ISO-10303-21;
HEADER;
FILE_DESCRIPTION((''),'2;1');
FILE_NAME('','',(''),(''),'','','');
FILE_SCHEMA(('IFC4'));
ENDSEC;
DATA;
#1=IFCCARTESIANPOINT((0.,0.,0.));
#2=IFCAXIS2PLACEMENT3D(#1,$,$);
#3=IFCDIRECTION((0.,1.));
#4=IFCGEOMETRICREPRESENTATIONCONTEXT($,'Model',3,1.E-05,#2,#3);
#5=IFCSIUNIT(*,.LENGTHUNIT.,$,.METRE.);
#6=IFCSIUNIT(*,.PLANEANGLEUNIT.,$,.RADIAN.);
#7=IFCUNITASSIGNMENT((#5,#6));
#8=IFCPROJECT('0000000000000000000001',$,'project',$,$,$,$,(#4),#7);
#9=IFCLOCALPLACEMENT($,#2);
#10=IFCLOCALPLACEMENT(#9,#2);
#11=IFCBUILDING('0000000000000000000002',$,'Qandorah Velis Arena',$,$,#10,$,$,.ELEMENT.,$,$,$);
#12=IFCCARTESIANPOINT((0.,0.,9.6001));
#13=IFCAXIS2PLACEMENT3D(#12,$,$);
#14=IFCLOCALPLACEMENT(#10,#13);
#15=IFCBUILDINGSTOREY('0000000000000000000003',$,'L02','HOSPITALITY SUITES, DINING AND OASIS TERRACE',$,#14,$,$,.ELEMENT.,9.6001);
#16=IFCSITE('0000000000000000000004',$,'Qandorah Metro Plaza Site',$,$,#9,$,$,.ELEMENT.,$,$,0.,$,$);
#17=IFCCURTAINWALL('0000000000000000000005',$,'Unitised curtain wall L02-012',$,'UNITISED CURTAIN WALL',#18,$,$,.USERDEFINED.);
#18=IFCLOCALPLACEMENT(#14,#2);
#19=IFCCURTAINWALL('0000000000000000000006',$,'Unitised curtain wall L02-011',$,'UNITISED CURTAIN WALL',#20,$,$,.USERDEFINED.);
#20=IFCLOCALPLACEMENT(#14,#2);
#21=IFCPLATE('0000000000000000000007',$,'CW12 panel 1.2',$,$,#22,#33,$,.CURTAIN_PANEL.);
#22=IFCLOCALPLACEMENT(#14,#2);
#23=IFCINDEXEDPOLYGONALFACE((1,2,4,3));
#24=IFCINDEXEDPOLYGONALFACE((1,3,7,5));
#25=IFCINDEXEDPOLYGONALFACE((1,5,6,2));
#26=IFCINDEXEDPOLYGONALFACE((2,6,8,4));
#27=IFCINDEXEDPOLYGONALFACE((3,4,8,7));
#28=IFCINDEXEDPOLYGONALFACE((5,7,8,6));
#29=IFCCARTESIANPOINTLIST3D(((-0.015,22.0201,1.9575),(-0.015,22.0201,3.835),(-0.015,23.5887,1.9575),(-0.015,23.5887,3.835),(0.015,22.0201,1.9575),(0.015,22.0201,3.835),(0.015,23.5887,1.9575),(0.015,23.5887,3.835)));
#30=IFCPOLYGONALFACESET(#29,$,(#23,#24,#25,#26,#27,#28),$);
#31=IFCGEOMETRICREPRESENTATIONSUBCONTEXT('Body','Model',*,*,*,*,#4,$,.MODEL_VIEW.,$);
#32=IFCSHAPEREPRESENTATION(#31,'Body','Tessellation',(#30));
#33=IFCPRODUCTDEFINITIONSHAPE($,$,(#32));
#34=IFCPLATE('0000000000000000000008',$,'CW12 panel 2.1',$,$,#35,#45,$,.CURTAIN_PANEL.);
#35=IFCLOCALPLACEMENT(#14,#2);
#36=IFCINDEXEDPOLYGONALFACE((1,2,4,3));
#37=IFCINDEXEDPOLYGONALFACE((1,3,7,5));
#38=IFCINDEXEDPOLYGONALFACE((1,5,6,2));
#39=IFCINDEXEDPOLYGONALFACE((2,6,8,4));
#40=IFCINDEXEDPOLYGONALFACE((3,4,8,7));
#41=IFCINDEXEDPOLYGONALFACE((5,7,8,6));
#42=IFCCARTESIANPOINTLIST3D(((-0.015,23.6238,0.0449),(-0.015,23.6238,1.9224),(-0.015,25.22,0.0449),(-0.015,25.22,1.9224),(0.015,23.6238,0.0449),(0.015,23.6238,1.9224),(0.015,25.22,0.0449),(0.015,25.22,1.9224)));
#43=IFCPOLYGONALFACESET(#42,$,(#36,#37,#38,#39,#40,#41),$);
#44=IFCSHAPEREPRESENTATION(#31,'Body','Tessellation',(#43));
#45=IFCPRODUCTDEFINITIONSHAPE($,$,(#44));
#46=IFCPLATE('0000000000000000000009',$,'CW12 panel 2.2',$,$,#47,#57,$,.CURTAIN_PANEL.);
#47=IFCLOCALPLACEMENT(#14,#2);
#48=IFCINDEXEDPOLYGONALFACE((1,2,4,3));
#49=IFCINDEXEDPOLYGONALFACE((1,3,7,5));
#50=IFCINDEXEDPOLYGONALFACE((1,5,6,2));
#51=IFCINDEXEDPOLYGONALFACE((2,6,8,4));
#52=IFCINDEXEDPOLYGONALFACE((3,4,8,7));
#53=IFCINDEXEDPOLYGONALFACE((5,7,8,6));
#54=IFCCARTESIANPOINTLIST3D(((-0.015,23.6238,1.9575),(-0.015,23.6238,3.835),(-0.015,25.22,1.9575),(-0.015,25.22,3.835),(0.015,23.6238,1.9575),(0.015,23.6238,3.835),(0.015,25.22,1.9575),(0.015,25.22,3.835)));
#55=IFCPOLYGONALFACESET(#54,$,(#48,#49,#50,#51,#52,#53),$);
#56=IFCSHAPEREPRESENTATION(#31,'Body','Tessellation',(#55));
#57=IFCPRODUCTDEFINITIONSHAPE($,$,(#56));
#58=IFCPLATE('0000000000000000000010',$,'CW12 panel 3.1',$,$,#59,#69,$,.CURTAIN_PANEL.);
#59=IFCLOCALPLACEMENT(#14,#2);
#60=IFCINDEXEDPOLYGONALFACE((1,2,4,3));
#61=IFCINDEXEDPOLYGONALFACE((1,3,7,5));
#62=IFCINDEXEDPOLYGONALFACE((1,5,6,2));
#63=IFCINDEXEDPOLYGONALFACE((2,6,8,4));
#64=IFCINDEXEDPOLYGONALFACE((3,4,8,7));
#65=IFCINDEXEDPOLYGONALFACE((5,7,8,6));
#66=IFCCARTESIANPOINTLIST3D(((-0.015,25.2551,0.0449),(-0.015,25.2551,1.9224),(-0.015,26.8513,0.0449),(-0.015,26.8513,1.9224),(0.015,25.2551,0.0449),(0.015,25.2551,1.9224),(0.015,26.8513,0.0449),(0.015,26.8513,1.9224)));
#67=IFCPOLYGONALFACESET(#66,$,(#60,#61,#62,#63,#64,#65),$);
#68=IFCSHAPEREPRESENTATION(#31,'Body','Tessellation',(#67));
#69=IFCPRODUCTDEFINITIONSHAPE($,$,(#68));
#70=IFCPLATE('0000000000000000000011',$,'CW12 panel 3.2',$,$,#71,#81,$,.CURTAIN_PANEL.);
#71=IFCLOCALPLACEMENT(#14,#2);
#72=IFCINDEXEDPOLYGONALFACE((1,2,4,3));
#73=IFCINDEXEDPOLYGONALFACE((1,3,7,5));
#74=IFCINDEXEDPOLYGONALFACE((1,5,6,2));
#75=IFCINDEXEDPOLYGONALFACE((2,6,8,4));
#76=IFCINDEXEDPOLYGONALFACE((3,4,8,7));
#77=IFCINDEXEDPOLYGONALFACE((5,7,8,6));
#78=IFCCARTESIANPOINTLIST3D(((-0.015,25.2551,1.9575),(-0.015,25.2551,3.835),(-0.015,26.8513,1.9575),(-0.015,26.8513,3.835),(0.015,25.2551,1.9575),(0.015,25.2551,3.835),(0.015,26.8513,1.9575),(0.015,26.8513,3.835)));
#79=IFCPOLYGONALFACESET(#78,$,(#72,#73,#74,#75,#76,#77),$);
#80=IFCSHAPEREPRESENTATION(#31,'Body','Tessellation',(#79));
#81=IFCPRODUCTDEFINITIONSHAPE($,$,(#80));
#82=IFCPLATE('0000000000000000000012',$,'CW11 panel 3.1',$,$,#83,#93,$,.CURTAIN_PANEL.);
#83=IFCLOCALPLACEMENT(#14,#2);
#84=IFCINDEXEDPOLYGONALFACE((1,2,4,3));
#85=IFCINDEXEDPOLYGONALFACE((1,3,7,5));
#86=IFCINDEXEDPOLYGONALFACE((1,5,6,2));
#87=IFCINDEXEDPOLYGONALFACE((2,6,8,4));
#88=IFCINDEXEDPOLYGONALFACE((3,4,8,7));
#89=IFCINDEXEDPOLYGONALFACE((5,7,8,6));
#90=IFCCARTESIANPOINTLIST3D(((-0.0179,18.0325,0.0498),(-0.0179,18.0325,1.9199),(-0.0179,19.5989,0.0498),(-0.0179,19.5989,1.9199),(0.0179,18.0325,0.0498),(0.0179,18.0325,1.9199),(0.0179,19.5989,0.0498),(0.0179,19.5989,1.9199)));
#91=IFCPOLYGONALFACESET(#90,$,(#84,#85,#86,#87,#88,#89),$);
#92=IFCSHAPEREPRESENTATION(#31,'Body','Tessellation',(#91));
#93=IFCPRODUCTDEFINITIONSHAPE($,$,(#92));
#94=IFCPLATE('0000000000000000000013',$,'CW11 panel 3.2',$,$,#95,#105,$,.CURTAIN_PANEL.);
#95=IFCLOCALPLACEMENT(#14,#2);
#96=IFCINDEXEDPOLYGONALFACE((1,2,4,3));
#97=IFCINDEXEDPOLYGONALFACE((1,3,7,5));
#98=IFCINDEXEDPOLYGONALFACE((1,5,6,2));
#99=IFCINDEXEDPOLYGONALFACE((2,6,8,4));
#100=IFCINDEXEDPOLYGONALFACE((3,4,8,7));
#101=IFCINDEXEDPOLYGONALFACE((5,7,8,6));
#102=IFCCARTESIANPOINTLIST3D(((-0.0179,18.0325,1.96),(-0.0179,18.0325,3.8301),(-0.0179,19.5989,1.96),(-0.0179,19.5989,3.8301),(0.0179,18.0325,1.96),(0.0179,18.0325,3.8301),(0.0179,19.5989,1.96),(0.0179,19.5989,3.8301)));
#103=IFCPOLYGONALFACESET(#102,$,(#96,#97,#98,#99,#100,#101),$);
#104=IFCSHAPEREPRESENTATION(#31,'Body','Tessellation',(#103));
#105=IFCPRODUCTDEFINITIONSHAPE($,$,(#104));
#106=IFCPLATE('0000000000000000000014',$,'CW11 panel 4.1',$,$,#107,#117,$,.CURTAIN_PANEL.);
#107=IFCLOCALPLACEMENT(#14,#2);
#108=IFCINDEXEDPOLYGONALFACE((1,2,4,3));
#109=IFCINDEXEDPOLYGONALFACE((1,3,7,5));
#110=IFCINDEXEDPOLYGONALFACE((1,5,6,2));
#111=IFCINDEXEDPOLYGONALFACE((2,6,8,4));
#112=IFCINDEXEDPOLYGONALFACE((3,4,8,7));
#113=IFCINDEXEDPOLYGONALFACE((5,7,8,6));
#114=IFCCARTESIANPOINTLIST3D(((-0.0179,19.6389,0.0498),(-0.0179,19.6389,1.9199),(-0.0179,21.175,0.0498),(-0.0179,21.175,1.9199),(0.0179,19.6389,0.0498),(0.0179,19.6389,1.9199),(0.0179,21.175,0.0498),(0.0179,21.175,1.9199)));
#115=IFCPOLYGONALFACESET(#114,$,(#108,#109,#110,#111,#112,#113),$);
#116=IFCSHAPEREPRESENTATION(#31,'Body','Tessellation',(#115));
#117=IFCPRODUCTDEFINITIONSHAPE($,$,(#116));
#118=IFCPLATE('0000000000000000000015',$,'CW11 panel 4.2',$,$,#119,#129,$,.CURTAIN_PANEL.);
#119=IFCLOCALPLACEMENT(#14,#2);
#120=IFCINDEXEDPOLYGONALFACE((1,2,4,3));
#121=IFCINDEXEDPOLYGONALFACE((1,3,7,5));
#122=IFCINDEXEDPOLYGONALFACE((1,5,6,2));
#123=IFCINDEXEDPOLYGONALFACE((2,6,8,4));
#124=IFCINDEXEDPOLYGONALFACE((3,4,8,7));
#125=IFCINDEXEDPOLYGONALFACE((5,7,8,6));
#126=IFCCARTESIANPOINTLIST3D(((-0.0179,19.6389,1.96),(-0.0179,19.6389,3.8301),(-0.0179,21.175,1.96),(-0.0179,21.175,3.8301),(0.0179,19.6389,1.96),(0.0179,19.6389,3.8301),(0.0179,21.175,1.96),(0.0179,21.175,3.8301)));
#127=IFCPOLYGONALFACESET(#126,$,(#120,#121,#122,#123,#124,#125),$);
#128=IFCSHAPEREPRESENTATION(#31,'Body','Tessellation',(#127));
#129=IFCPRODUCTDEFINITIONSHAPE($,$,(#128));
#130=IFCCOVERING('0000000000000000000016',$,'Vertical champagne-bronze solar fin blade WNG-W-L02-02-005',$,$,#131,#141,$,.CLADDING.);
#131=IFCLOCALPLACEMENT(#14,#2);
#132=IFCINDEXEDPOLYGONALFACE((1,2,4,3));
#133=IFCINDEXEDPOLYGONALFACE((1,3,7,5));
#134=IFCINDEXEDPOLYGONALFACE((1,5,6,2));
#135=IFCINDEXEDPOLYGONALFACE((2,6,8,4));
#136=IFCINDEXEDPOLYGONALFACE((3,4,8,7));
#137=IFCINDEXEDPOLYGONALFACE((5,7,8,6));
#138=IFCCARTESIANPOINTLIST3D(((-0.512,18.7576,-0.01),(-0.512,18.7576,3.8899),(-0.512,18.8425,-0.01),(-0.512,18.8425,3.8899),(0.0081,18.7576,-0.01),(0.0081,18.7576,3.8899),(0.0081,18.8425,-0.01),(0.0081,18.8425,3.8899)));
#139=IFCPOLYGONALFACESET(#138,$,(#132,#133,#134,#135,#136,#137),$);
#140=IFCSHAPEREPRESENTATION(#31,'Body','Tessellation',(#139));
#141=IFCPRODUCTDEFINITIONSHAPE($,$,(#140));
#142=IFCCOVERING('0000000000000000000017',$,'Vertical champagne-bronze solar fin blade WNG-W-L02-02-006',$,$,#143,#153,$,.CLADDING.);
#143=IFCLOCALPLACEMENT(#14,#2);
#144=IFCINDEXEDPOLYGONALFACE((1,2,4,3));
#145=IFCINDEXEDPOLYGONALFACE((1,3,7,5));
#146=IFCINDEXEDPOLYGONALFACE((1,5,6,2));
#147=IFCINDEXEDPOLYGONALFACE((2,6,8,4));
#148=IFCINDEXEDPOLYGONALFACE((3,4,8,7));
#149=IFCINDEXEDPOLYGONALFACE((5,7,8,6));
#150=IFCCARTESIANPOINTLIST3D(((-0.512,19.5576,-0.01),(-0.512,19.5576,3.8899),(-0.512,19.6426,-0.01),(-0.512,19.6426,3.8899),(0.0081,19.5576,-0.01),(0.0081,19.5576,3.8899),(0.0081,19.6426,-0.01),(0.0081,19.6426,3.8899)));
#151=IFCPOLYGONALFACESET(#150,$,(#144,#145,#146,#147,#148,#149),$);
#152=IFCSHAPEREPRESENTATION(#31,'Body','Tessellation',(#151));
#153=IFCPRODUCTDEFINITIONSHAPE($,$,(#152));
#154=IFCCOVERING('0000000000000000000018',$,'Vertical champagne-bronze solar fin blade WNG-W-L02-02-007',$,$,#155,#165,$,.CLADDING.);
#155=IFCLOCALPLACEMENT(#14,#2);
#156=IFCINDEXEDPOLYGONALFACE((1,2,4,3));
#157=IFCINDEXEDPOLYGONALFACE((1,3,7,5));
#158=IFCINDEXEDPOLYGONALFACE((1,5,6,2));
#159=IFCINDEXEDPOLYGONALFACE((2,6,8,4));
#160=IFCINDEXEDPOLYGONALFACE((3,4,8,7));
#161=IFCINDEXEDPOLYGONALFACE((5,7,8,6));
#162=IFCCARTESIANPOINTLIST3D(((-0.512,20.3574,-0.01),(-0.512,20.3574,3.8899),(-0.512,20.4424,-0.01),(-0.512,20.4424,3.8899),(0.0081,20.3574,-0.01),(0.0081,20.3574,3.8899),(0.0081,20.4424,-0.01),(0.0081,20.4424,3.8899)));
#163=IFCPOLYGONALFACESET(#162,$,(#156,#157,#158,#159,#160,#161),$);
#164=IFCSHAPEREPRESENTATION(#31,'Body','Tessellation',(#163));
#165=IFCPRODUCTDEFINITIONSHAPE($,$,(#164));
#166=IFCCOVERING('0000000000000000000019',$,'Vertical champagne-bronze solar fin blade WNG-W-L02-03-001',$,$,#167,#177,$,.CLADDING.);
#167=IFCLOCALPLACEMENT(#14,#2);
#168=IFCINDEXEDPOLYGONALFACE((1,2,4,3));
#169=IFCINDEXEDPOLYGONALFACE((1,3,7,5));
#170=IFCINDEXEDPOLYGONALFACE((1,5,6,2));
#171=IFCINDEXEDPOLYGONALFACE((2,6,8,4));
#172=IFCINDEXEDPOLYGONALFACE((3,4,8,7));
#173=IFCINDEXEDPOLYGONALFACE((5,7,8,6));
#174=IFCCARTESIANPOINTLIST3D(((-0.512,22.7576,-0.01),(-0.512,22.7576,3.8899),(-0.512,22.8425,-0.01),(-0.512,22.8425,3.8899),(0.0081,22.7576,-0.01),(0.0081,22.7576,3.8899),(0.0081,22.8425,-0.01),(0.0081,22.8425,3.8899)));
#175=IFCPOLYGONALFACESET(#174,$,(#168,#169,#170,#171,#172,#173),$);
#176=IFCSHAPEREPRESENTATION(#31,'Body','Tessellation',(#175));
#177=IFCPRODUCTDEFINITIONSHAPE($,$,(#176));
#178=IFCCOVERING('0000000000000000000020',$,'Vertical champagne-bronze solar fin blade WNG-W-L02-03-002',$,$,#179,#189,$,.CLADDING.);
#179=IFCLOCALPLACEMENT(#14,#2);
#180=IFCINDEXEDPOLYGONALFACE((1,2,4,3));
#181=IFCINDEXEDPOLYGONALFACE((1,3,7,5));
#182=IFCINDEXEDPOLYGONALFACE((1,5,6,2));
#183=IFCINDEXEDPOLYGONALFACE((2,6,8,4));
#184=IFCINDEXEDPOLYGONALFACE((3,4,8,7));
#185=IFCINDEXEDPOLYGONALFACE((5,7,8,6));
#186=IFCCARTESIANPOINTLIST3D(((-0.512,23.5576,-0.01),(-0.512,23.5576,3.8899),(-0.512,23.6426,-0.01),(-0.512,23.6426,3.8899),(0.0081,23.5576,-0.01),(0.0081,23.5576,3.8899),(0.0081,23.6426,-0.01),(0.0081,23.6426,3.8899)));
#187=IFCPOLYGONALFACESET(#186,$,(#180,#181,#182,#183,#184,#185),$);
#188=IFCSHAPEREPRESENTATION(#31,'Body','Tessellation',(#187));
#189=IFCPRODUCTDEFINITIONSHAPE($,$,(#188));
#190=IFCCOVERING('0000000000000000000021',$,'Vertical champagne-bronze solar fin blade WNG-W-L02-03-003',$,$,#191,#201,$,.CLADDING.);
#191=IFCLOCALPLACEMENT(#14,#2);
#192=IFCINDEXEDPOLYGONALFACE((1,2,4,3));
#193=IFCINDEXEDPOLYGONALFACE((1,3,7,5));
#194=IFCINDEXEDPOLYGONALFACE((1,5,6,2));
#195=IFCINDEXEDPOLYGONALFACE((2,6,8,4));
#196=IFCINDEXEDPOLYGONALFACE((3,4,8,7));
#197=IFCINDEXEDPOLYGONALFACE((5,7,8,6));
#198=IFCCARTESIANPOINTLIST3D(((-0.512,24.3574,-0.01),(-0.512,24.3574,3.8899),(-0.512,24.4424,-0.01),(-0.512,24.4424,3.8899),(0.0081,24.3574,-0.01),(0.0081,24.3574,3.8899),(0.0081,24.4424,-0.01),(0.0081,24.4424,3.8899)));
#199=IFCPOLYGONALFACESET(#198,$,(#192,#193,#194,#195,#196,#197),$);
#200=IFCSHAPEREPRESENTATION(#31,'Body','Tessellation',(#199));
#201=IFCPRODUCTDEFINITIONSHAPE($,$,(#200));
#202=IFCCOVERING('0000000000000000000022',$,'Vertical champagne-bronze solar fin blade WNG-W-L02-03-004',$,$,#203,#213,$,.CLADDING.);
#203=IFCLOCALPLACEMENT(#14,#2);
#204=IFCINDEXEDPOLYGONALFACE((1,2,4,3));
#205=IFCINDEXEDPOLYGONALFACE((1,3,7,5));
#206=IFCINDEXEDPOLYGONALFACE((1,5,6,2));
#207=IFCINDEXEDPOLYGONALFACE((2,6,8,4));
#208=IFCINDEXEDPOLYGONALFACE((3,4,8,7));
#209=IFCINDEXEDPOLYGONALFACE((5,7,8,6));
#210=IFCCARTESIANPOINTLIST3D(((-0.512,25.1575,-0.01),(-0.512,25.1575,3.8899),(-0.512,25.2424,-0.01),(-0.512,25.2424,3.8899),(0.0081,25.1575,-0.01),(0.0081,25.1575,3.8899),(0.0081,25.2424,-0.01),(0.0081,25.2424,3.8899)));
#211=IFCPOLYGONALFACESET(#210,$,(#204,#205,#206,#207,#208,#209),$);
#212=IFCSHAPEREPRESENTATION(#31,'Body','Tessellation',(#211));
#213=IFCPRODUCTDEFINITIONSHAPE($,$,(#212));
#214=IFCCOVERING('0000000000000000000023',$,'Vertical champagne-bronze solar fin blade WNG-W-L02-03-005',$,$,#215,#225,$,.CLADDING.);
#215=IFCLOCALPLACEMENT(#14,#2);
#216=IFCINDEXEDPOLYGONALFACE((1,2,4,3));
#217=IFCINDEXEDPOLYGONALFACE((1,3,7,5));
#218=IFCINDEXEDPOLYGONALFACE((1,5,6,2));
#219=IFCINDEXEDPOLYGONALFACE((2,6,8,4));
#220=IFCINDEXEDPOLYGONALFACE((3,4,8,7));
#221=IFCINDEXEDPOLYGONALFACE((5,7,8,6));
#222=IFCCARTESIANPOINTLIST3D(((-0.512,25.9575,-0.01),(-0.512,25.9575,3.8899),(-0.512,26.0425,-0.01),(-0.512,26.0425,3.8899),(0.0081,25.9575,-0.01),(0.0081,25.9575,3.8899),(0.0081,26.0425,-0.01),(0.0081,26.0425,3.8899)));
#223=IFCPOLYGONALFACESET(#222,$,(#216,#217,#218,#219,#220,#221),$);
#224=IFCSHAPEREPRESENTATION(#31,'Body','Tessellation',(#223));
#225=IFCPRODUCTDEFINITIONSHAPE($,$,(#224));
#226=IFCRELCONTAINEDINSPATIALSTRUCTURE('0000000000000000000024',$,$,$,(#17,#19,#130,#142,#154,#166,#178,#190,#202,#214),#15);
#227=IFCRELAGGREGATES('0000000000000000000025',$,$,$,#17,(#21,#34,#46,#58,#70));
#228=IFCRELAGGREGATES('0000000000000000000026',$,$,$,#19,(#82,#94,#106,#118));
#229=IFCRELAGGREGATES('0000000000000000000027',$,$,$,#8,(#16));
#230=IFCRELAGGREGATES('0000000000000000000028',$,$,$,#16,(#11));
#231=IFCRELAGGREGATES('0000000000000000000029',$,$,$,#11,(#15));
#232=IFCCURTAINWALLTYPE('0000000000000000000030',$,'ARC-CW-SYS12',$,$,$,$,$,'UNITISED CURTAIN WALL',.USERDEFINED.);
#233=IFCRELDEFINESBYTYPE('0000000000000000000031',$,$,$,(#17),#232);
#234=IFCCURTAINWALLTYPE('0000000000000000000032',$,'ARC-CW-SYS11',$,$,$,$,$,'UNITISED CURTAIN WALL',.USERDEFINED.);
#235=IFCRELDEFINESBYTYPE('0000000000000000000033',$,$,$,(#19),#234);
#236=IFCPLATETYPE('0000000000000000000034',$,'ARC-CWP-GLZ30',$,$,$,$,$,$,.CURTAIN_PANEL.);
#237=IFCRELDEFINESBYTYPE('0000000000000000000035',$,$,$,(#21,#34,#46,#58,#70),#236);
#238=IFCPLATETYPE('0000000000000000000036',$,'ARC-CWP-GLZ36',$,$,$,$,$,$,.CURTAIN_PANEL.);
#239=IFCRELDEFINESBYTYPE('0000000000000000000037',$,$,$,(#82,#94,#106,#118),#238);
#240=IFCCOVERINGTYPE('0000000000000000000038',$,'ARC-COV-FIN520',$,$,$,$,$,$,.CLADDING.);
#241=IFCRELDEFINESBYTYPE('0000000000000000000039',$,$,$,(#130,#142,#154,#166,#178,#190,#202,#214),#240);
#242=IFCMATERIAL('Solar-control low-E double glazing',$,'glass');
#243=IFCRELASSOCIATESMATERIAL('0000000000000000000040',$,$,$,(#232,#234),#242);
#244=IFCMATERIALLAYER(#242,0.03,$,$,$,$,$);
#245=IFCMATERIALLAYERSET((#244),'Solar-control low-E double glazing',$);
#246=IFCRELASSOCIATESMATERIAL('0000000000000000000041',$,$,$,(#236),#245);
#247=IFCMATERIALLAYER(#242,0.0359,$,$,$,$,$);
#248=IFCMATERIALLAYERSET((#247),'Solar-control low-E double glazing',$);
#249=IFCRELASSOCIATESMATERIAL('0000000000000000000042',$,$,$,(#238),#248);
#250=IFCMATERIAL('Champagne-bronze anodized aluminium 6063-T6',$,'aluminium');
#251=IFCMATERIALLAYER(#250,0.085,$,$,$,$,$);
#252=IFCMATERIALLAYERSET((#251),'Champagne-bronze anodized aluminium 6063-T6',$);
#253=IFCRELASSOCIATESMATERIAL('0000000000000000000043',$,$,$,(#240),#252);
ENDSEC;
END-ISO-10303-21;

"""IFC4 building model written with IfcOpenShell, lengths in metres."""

from ifc_helpers import new_model, si_unit, direction, frame, origin, origin_2d, place, context, subcontext, project, spatial, rectangle, extrude, material, layer, layer_set, type_object, element, aggregate, save


model = new_model("IFC4")

# Units and contexts
model_context = context("Model", 3, precision=1e-05, world=origin(), true_north=direction((0.0, 1.0)))
body_context = subcontext(model_context, "Body", "Model", "MODEL_VIEW")
ifc_project = project(units=[si_unit("LENGTHUNIT", "METRE"), si_unit("PLANEANGLEUNIT", "RADIAN")], contexts=[model_context])

# Site, building, storey
site_placement = place(None, origin())
site = spatial("IfcSite", under=ifc_project, at=site_placement, Name="Qandorah Metro Plaza Site", CompositionType="ELEMENT", RefElevation=0.0)
building_placement = place(site_placement, origin())
building = spatial("IfcBuilding", under=site, at=building_placement, Name="Qandorah Velis Arena", CompositionType="ELEMENT")
storey_placement = place(building_placement, frame((0.0, 0.0, 9.6001)))
storey = spatial("IfcBuildingStorey", under=building, at=storey_placement, Name="L02", Description="HOSPITALITY SUITES, DINING AND OASIS TERRACE", CompositionType="ELEMENT", Elevation=9.6001)

# Curtain walls
ifc_material_1 = material(Name="Solar-control low-E double glazing", Category="glass")
curtain_wall_type_1 = type_object("IfcCurtainWallType", Name="ARC-CW-SYS12", ElementType="UNITISED CURTAIN WALL", PredefinedType="USERDEFINED", material=ifc_material_1)
curtain_wall_1_placement = place(storey_placement, origin())
curtain_wall_1 = element("IfcCurtainWall", 1, at=curtain_wall_1_placement, inside=storey, type_object=curtain_wall_type_1, Name="Unitised curtain wall L02-012", ObjectType="UNITISED CURTAIN WALL", PredefinedType="USERDEFINED")
ifc_material_2 = material(Name="Champagne-bronze anodized aluminium 6063-T6", Category="aluminium")
curtain_wall_type_2 = type_object("IfcCurtainWallType", Name="ARC-CW-SYS11", ElementType="UNITISED CURTAIN WALL", PredefinedType="USERDEFINED", material=ifc_material_1)
curtain_wall_2_placement = place(storey_placement, origin())
curtain_wall_2 = element("IfcCurtainWall", 2, at=curtain_wall_2_placement, inside=storey, type_object=curtain_wall_type_2, Name="Unitised curtain wall L02-011", ObjectType="UNITISED CURTAIN WALL", PredefinedType="USERDEFINED")

# Plates
ifc_layer_1 = layer(ifc_material_1, 0.03)
ifc_layer_set_1 = layer_set([ifc_layer_1], Name="Solar-control low-E double glazing")
plate_type_1 = type_object("IfcPlateType", Name="ARC-CWP-GLZ30", PredefinedType="CURTAIN_PANEL", material=ifc_layer_set_1)
plate_1_placement = place(storey_placement, frame((0.0, 22.8044, 1.9575), z_axis=(0.0, 0.0, 1.0), x_axis=(0.0, 1.0, 0.0)))
plate_1 = element("IfcPlate", 3, at=plate_1_placement, type_object=plate_type_1, Name="CW12 panel 1.2", PredefinedType="CURTAIN_PANEL", context=body_context, shape_type="SweptSolid", body=[
    extrude(rectangle(XDim=1.5686, YDim=0.03, at=origin_2d()), origin(), (0.0, 0.0, 1.0), 1.8774),
])
plate_2_placement = place(storey_placement, frame((0.0, 24.4219, 0.0449), z_axis=(0.0, 0.0, 1.0), x_axis=(0.0, 1.0, 0.0)))
plate_2 = element("IfcPlate", 4, at=plate_2_placement, type_object=plate_type_1, Name="CW12 panel 2.1", PredefinedType="CURTAIN_PANEL", context=body_context, shape_type="SweptSolid", body=[
    extrude(rectangle(XDim=1.5962, YDim=0.03, at=origin_2d()), origin(), (0.0, 0.0, 1.0), 1.8774),
])
plate_3_placement = place(storey_placement, frame((0.0, 24.4219, 1.9575), z_axis=(0.0, 0.0, 1.0), x_axis=(0.0, 1.0, 0.0)))
plate_3 = element("IfcPlate", 5, at=plate_3_placement, type_object=plate_type_1, Name="CW12 panel 2.2", PredefinedType="CURTAIN_PANEL", context=body_context, shape_type="SweptSolid", body=[
    extrude(rectangle(XDim=1.5962, YDim=0.03, at=origin_2d()), origin(), (0.0, 0.0, 1.0), 1.8774),
])
plate_4_placement = place(storey_placement, frame((0.0, 26.0532, 0.0449), z_axis=(0.0, 0.0, 1.0), x_axis=(0.0, 1.0, 0.0)))
plate_4 = element("IfcPlate", 6, at=plate_4_placement, type_object=plate_type_1, Name="CW12 panel 3.1", PredefinedType="CURTAIN_PANEL", context=body_context, shape_type="SweptSolid", body=[
    extrude(rectangle(XDim=1.5962, YDim=0.03, at=origin_2d()), origin(), (0.0, 0.0, 1.0), 1.8774),
])
plate_5_placement = place(storey_placement, frame((0.0, 26.0532, 1.9575), z_axis=(0.0, 0.0, 1.0), x_axis=(0.0, 1.0, 0.0)))
plate_5 = element("IfcPlate", 7, at=plate_5_placement, type_object=plate_type_1, Name="CW12 panel 3.2", PredefinedType="CURTAIN_PANEL", context=body_context, shape_type="SweptSolid", body=[
    extrude(rectangle(XDim=1.5962, YDim=0.03, at=origin_2d()), origin(), (0.0, 0.0, 1.0), 1.8774),
])
aggregate(curtain_wall_1, [plate_1, plate_2, plate_3, plate_4, plate_5])
ifc_layer_2 = layer(ifc_material_1, 0.0359)
ifc_layer_set_2 = layer_set([ifc_layer_2], Name="Solar-control low-E double glazing")
plate_type_2 = type_object("IfcPlateType", Name="ARC-CWP-GLZ36", PredefinedType="CURTAIN_PANEL", material=ifc_layer_set_2)
plate_6_placement = place(storey_placement, frame((0.0, 18.8157, 0.0498), z_axis=(0.0, 0.0, 1.0), x_axis=(0.0, 1.0, 0.0)))
plate_6 = element("IfcPlate", 8, at=plate_6_placement, type_object=plate_type_2, Name="CW11 panel 3.1", PredefinedType="CURTAIN_PANEL", context=body_context, shape_type="SweptSolid", body=[
    extrude(rectangle(XDim=1.5664, YDim=0.0359, at=origin_2d()), origin(), (0.0, 0.0, 1.0), 1.8701),
])
plate_7_placement = place(storey_placement, frame((0.0, 18.8157, 1.96), z_axis=(0.0, 0.0, 1.0), x_axis=(0.0, 1.0, 0.0)))
plate_7 = element("IfcPlate", 9, at=plate_7_placement, type_object=plate_type_2, Name="CW11 panel 3.2", PredefinedType="CURTAIN_PANEL", context=body_context, shape_type="SweptSolid", body=[
    extrude(rectangle(XDim=1.5664, YDim=0.0359, at=origin_2d()), origin(), (0.0, 0.0, 1.0), 1.8701),
])
plate_8_placement = place(storey_placement, frame((0.0, 20.407, 0.0498), z_axis=(0.0, 0.0, 1.0), x_axis=(0.0, 1.0, 0.0)))
plate_8 = element("IfcPlate", 10, at=plate_8_placement, type_object=plate_type_2, Name="CW11 panel 4.1", PredefinedType="CURTAIN_PANEL", context=body_context, shape_type="SweptSolid", body=[
    extrude(rectangle(XDim=1.5361, YDim=0.0359, at=origin_2d()), origin(), (0.0, 0.0, 1.0), 1.8701),
])
plate_9_placement = place(storey_placement, frame((0.0, 20.407, 1.96), z_axis=(0.0, 0.0, 1.0), x_axis=(0.0, 1.0, 0.0)))
plate_9 = element("IfcPlate", 11, at=plate_9_placement, type_object=plate_type_2, Name="CW11 panel 4.2", PredefinedType="CURTAIN_PANEL", context=body_context, shape_type="SweptSolid", body=[
    extrude(rectangle(XDim=1.5361, YDim=0.0359, at=origin_2d()), origin(), (0.0, 0.0, 1.0), 1.8701),
])
aggregate(curtain_wall_2, [plate_6, plate_7, plate_8, plate_9])

# Coverings
ifc_layer_3 = layer(ifc_material_2, 0.085)
ifc_layer_set_3 = layer_set([ifc_layer_3], Name="Champagne-bronze anodized aluminium 6063-T6")
covering_type = type_object("IfcCoveringType", Name="ARC-COV-FIN520", PredefinedType="CLADDING", material=ifc_layer_set_3)
for number, where, z_axis, x_axis, name in (
    (12, (-0.252, 18.8, -0.01), (0.0, 0.0, 1.0), (1.0, 0.0, 0.0), "Vertical champagne-bronze solar fin blade WNG-W-L02-02-005"),
    (13, (-0.252, 19.6001, -0.01), (0.0, 0.0, 1.0), (1.0, 0.0, 0.0), "Vertical champagne-bronze solar fin blade WNG-W-L02-02-006"),
    (14, (-0.252, 20.3999, -0.01), (0.0, 0.0, 1.0), (1.0, 0.0, 0.0), "Vertical champagne-bronze solar fin blade WNG-W-L02-02-007"),
    (15, (-0.252, 22.8, -0.01), (0.0, 0.0, 1.0), (1.0, 0.0, 0.0), "Vertical champagne-bronze solar fin blade WNG-W-L02-03-001"),
    (16, (-0.252, 23.6001, -0.01), (0.0, 0.0, 1.0), (1.0, 0.0, 0.0), "Vertical champagne-bronze solar fin blade WNG-W-L02-03-002"),
    (17, (-0.252, 24.3999, -0.01), (0.0, 0.0, 1.0), (1.0, 0.0, 0.0), "Vertical champagne-bronze solar fin blade WNG-W-L02-03-003"),
    (18, (-0.252, 25.2, -0.01), (0.0, 0.0, 1.0), (1.0, 0.0, 0.0), "Vertical champagne-bronze solar fin blade WNG-W-L02-03-004"),
    (19, (-0.252, 26.0, -0.01), (0.0, 0.0, 1.0), (1.0, 0.0, 0.0), "Vertical champagne-bronze solar fin blade WNG-W-L02-03-005"),
):
    element("IfcCovering", number, at=place(storey_placement, frame(where, z_axis=z_axis, x_axis=x_axis)), inside=storey, type_object=covering_type, Name=name, PredefinedType="CLADDING", context=body_context, shape_type="SweptSolid", body=[
        extrude(rectangle(XDim=0.52, YDim=0.085, at=origin_2d()), origin(), (0.0, 0.0, 1.0), 3.8999),
    ])

save(model, "model.ifc")
